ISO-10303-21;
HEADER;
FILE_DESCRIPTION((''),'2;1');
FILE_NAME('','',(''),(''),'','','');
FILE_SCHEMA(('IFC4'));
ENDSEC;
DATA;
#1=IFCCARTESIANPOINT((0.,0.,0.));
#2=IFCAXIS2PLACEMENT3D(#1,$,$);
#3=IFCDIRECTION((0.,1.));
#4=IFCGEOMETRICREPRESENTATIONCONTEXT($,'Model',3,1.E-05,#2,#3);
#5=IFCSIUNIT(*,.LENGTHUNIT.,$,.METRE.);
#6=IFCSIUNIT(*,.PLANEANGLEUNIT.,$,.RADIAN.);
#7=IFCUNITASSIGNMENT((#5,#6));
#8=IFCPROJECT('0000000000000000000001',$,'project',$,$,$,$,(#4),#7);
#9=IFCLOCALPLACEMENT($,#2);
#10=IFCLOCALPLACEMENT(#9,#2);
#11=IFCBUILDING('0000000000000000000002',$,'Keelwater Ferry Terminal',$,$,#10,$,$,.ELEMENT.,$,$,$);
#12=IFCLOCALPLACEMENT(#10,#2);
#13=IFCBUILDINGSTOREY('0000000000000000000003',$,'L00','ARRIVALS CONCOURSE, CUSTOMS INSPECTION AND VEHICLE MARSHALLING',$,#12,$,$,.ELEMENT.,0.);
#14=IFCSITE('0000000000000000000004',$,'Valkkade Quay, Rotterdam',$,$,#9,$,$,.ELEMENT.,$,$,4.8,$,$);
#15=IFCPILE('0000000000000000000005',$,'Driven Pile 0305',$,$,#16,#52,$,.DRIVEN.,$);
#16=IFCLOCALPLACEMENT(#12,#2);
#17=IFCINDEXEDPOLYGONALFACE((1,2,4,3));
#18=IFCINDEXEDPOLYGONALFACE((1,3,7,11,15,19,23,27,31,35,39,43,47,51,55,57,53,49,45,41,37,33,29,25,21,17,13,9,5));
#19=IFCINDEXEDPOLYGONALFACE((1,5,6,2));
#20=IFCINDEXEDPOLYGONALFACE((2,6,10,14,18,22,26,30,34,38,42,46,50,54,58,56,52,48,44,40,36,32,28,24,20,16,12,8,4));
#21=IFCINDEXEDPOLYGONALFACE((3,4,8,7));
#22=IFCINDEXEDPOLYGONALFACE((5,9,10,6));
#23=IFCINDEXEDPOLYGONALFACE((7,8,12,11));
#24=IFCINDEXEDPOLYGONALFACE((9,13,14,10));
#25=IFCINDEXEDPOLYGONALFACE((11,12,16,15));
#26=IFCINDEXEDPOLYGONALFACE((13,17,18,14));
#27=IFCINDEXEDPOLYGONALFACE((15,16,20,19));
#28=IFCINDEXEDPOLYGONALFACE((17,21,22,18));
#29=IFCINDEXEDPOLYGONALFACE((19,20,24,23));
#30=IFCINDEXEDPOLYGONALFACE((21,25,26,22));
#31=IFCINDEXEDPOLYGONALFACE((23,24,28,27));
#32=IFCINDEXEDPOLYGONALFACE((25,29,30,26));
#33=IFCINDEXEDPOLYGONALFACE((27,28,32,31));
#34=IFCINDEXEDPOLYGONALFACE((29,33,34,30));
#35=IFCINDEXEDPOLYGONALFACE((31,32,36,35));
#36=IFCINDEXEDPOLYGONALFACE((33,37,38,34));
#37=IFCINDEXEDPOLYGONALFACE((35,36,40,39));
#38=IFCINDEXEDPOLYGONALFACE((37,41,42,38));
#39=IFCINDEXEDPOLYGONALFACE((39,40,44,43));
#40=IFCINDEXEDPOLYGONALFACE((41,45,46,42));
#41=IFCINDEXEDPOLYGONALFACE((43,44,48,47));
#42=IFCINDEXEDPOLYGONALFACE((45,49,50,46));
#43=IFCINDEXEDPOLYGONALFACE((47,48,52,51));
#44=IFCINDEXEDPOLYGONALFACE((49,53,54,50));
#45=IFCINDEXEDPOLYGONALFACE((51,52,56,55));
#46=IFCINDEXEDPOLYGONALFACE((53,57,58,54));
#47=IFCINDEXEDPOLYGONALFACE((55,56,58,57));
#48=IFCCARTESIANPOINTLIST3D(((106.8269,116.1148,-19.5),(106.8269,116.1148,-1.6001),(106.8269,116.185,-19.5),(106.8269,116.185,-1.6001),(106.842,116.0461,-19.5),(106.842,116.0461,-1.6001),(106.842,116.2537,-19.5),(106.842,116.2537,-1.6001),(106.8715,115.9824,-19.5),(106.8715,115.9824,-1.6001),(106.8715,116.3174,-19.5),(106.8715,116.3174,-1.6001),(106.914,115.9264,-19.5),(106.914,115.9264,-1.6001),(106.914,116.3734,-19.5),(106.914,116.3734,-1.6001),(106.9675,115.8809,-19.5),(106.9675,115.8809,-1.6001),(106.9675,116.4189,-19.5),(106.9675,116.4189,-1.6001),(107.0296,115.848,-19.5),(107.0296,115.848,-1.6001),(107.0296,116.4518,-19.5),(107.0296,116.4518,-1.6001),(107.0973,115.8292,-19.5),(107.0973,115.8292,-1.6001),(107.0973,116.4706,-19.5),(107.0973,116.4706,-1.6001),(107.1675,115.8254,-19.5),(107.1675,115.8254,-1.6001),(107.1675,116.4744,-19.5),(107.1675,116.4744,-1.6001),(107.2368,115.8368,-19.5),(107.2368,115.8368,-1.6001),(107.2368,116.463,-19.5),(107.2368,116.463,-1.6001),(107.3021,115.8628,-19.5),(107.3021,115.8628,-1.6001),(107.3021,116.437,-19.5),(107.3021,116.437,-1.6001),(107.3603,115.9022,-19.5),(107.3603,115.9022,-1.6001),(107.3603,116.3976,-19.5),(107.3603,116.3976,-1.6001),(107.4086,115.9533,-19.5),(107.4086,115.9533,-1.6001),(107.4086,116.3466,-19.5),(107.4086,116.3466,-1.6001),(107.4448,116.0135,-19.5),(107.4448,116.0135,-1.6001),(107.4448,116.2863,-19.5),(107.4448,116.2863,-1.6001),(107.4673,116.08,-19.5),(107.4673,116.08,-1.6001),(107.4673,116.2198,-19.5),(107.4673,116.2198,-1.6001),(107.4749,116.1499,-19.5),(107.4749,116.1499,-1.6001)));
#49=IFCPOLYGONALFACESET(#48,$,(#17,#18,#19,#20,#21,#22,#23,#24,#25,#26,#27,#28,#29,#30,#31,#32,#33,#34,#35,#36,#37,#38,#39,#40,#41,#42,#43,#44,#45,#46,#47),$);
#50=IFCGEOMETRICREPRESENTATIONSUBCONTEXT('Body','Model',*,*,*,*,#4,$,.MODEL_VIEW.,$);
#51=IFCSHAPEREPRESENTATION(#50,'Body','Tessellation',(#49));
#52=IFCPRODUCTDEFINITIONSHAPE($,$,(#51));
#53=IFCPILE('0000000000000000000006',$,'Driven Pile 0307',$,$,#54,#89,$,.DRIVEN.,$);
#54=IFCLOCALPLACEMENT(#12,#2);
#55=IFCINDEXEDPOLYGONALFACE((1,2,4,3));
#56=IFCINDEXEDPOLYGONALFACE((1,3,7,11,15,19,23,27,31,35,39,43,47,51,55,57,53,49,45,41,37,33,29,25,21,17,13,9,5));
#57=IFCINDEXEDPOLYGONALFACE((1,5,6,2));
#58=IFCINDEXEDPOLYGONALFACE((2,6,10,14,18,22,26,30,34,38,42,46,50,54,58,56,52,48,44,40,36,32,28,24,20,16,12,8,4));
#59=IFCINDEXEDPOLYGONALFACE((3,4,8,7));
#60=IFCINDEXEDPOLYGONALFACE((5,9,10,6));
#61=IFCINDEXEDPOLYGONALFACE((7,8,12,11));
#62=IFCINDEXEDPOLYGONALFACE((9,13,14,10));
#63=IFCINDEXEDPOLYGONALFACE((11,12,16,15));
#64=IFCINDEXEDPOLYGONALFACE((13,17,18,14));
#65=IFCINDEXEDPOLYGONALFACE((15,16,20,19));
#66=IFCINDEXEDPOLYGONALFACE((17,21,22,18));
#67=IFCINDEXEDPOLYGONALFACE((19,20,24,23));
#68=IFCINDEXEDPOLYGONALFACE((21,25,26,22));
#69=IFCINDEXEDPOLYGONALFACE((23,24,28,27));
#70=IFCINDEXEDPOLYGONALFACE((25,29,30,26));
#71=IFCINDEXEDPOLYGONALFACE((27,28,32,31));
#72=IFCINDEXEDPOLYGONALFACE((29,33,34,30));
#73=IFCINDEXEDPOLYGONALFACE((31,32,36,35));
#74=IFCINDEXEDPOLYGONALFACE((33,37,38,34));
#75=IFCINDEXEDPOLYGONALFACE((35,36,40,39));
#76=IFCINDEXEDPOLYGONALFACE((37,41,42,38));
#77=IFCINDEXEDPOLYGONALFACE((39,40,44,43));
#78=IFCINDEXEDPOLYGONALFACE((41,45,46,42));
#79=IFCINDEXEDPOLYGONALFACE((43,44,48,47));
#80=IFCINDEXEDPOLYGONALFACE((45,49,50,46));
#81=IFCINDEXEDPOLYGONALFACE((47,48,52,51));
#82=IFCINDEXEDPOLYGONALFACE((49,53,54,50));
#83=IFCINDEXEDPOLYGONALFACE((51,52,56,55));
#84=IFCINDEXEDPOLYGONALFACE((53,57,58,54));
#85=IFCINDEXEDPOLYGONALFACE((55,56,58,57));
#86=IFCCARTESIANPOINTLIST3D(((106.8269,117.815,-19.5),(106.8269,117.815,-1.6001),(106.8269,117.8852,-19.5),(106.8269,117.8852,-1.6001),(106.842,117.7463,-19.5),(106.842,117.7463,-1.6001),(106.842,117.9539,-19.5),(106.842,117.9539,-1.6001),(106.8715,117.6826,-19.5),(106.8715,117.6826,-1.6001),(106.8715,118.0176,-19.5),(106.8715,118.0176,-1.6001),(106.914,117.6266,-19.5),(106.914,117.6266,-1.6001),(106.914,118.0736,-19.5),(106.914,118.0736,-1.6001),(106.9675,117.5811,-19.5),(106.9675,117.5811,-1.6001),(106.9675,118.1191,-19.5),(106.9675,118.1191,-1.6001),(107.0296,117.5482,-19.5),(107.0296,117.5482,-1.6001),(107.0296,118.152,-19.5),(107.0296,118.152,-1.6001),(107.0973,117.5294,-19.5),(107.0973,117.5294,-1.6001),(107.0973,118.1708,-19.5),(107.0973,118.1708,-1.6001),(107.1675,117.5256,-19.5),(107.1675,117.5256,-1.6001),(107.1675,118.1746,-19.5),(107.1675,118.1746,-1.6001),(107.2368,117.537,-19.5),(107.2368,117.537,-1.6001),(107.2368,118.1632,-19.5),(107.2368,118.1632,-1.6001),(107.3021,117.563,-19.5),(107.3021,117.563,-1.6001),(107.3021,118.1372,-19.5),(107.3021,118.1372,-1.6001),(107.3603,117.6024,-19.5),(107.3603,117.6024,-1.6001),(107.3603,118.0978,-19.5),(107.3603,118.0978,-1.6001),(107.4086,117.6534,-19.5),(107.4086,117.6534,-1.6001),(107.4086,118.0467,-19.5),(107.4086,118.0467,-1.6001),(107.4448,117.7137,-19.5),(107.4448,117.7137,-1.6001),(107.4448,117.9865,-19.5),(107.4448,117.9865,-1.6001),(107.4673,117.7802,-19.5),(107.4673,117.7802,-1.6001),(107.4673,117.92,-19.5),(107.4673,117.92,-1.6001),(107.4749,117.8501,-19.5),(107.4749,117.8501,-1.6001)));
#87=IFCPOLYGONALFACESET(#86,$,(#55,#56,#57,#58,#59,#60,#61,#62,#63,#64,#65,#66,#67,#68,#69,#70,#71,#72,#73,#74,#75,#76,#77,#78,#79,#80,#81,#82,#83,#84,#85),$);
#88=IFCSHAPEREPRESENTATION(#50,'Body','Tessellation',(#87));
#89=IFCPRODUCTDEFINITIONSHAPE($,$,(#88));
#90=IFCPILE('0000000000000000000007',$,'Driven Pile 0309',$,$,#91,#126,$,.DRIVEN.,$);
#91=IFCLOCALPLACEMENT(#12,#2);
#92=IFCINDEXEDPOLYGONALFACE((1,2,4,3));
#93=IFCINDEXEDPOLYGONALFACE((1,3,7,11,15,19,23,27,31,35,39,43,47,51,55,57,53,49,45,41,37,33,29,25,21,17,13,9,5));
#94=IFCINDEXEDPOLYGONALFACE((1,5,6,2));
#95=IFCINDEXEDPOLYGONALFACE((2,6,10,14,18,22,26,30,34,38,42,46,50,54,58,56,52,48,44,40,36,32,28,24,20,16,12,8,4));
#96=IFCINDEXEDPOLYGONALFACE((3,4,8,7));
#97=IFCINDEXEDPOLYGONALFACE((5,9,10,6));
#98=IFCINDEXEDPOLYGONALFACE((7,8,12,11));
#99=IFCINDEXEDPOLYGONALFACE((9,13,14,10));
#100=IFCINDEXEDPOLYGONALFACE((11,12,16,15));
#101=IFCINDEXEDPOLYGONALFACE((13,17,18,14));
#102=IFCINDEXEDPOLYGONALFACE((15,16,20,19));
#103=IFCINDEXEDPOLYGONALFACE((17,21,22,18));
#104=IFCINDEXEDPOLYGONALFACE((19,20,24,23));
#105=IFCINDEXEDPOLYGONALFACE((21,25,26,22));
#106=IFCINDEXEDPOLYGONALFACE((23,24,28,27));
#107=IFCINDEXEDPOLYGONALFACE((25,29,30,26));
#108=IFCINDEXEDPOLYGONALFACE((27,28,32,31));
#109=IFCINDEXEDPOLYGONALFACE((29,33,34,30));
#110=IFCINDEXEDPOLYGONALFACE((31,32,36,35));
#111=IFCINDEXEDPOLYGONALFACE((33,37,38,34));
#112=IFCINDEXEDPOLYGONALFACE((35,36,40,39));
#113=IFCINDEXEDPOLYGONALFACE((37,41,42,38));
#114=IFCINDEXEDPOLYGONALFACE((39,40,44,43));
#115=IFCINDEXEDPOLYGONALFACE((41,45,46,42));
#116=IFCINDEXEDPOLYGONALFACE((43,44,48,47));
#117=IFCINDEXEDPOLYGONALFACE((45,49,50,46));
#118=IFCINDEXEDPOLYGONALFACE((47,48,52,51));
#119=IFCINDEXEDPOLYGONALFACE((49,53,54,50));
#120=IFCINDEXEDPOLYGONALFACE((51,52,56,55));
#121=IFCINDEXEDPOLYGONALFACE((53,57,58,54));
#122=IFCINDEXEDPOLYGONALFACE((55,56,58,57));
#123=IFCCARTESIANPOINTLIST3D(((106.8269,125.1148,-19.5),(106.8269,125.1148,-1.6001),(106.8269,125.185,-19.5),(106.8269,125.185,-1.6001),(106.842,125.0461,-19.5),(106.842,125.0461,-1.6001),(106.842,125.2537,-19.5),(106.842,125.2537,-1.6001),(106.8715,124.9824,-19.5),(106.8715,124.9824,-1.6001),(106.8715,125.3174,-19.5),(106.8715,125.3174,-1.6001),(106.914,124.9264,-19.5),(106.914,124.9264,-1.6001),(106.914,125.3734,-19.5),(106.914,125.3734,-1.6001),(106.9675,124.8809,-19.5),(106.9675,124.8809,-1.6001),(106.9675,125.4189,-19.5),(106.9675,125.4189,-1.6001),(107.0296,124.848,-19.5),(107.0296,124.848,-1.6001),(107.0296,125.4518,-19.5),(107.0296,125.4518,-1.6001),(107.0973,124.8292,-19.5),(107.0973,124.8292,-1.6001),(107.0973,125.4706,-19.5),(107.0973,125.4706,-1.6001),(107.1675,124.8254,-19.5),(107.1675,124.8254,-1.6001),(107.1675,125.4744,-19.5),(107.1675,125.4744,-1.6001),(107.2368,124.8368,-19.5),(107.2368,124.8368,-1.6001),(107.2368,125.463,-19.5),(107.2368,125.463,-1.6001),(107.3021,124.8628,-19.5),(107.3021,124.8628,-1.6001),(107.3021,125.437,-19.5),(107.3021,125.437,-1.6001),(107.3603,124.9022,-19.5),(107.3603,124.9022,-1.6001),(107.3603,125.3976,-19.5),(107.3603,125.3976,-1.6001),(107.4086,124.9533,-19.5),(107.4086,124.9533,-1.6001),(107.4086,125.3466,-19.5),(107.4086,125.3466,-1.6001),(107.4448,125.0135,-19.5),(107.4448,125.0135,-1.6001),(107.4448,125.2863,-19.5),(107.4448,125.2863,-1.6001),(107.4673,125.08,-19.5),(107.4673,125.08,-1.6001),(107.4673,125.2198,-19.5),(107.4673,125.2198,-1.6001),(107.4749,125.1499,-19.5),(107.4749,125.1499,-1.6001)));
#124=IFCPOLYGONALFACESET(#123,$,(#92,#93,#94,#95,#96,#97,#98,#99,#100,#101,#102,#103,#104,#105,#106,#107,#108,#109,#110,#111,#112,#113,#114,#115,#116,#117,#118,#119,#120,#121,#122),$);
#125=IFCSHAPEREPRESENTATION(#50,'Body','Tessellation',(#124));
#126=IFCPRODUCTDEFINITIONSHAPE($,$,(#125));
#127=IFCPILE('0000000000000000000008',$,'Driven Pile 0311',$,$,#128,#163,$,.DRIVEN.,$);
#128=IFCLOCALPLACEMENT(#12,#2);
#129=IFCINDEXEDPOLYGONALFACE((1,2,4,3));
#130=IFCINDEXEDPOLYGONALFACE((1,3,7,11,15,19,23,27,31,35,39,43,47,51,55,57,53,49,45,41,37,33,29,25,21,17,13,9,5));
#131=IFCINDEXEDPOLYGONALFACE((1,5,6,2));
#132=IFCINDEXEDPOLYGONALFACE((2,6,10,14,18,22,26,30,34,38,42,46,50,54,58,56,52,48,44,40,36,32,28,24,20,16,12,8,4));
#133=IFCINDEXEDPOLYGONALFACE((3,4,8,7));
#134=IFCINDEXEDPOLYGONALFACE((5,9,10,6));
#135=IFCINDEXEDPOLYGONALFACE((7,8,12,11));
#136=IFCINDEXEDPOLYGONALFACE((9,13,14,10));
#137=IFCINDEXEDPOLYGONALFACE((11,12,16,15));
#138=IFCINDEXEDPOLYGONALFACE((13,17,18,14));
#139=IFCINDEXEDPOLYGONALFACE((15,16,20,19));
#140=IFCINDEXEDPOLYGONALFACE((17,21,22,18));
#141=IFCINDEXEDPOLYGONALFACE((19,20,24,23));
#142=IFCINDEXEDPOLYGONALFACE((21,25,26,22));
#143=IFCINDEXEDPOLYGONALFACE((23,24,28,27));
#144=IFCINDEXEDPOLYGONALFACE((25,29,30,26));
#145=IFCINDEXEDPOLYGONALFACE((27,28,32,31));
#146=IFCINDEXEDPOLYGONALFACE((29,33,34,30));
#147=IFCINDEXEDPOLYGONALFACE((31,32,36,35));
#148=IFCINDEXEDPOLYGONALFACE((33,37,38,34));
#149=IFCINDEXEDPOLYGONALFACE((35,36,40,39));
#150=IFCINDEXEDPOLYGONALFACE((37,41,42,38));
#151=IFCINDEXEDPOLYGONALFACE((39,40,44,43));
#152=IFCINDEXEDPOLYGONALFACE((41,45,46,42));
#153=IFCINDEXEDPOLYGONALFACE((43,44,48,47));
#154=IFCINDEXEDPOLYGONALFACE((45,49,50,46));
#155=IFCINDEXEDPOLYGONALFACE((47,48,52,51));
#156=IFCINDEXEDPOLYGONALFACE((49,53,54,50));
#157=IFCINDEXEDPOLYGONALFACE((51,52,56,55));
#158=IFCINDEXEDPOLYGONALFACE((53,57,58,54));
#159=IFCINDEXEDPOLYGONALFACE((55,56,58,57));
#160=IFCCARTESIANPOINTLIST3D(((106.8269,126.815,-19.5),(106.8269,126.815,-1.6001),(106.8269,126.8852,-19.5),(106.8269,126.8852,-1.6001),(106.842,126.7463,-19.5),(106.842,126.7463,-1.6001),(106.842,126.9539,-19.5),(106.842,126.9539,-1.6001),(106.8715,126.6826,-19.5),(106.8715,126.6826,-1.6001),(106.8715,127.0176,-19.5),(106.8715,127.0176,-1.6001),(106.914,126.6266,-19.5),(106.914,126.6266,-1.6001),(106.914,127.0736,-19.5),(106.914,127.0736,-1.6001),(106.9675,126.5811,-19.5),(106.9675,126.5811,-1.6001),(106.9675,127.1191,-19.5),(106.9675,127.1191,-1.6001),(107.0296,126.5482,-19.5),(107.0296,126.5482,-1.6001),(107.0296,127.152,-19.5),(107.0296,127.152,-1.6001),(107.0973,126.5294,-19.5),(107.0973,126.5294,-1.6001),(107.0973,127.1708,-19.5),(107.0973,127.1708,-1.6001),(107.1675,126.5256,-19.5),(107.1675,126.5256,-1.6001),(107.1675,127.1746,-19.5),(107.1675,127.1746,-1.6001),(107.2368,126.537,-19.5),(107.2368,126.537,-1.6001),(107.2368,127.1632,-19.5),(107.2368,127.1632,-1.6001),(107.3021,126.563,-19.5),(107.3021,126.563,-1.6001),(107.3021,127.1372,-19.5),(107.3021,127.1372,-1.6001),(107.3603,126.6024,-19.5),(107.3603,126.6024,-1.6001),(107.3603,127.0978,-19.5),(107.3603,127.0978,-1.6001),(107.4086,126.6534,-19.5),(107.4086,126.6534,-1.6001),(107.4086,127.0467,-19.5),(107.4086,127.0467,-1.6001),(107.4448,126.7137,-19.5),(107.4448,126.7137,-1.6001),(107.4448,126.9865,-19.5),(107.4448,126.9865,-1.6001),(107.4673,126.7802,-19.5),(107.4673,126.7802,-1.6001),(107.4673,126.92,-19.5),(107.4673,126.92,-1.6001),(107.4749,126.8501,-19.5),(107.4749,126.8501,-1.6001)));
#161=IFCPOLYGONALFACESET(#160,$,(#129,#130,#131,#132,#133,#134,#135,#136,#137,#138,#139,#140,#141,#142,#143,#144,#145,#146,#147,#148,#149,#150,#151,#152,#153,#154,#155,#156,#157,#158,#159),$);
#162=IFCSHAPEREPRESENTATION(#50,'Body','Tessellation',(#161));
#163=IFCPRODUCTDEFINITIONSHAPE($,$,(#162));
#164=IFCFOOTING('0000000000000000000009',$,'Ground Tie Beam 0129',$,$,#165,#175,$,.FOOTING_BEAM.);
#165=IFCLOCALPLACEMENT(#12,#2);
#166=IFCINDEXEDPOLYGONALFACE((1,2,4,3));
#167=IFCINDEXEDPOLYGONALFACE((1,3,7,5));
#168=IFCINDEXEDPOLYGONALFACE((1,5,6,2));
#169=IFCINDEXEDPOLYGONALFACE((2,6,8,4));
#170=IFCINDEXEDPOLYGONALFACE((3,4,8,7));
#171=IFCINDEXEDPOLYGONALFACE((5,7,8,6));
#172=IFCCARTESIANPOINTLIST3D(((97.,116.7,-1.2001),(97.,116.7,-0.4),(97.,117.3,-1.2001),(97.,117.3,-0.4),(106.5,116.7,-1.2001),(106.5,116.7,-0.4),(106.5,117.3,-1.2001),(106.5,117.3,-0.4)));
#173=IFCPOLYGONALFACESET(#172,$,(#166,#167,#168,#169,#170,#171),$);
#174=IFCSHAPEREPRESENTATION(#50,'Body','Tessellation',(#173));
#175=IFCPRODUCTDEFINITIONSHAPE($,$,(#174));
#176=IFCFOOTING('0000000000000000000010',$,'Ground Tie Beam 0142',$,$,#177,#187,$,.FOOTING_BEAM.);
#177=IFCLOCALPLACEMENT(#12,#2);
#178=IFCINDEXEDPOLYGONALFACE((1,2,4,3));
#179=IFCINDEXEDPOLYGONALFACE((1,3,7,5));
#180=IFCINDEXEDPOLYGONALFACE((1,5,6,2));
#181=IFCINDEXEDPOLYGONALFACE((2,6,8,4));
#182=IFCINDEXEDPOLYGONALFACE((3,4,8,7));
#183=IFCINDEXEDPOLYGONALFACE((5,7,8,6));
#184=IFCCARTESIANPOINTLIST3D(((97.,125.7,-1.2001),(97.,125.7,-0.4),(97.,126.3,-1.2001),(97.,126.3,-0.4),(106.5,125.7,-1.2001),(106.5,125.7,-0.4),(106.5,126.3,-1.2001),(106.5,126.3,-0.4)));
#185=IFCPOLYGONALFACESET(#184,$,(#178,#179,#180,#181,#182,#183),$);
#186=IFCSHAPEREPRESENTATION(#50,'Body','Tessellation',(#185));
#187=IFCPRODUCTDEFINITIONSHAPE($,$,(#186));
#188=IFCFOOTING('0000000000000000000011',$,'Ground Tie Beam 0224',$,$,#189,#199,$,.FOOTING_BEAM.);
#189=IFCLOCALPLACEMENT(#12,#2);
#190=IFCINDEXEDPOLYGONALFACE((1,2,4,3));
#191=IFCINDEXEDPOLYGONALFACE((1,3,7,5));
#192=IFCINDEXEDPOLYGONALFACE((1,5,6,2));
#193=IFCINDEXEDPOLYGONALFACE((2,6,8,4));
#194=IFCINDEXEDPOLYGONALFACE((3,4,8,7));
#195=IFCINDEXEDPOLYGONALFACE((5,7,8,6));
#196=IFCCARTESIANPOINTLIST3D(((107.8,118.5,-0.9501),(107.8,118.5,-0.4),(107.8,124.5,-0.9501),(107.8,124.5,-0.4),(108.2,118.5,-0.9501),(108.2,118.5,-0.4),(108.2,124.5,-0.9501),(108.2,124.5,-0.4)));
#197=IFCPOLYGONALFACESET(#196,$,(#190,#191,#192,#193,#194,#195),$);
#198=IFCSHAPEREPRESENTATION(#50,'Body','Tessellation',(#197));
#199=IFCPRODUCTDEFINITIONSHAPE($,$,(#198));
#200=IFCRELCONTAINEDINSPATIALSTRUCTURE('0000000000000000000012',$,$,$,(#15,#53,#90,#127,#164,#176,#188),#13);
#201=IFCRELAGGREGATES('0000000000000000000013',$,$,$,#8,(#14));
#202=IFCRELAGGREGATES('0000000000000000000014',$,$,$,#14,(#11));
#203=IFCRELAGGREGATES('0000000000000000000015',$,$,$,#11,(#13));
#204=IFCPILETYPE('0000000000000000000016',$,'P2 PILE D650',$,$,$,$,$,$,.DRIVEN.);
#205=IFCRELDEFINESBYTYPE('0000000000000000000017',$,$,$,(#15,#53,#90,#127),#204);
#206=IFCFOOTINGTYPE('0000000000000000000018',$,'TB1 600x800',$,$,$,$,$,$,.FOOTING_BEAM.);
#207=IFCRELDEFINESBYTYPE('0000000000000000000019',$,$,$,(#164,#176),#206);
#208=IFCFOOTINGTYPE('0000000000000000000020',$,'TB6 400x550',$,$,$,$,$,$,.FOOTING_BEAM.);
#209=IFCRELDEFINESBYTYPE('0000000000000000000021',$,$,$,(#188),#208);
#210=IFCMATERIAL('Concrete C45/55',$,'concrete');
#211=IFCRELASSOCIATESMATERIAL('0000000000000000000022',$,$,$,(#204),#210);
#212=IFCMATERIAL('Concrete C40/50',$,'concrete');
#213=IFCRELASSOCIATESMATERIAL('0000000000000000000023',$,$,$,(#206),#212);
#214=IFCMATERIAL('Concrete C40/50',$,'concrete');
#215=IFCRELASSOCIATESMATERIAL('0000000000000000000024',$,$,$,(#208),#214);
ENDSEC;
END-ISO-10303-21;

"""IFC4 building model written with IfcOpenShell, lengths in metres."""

from ifc_helpers import new_model, si_unit, direction, frame, origin, origin_2d, place, context, subcontext, project, spatial, rectangle, circle, extrude, material, material_profile, profile_set, type_object, element, save


model = new_model("IFC4")

# Units and contexts
model_context = context("Model", 3, precision=1e-05, world=origin(), true_north=direction((0.0, 1.0)))
body_context = subcontext(model_context, "Body", "Model", "MODEL_VIEW")
ifc_project = project(units=[si_unit("LENGTHUNIT", "METRE"), si_unit("PLANEANGLEUNIT", "RADIAN")], contexts=[model_context])

# Site, building, storey
site_placement = place(None, origin())
site = spatial("IfcSite", under=ifc_project, at=site_placement, Name="Valkkade Quay, Rotterdam", CompositionType="ELEMENT", RefElevation=4.8)
building_placement = place(site_placement, origin())
building = spatial("IfcBuilding", under=site, at=building_placement, Name="Keelwater Ferry Terminal", CompositionType="ELEMENT")
storey_placement = place(building_placement, origin())
storey = spatial("IfcBuildingStorey", under=building, at=storey_placement, Name="L00", Description="ARRIVALS CONCOURSE, CUSTOMS INSPECTION AND VEHICLE MARSHALLING", CompositionType="ELEMENT", Elevation=0.0)

# Piles
ifc_material_1 = material(Name="Concrete C45/55", Category="concrete")
ifc_material_profile_1 = material_profile(ifc_material_1, circle(Radius=0.325, at=origin_2d()), Name="PILE D650")
ifc_profile_set_1 = profile_set([ifc_material_profile_1], Name="Concrete C45/55")
pile_type = type_object("IfcPileType", Name="P2 PILE D650", PredefinedType="DRIVEN", material=ifc_profile_set_1)
for number, where, z_axis, x_axis, name in (
    (1, (107.1499, 116.1499, -1.6001), (0.0, 0.0, -1.0), (1.0, 0.0, 0.0), "Driven Pile 0305"),
    (2, (107.1499, 117.8501, -1.6001), (0.0, 0.0, -1.0), (1.0, 0.0, 0.0), "Driven Pile 0307"),
    (3, (107.1499, 125.1499, -1.6001), (0.0, 0.0, -1.0), (1.0, 0.0, 0.0), "Driven Pile 0309"),
    (4, (107.1499, 126.8501, -1.6001), (0.0, 0.0, -1.0), (1.0, 0.0, 0.0), "Driven Pile 0311"),
):
    element("IfcPile", number, at=place(storey_placement, frame(where, z_axis=z_axis, x_axis=x_axis)), inside=storey, type_object=pile_type, Name=name, PredefinedType="DRIVEN", context=body_context, shape_type="SweptSolid", body=[
        extrude(circle(Radius=0.325, at=origin_2d()), origin(), (0.0, 0.0, 1.0), 17.8999),
    ])

# Footings
ifc_material_2 = material(Name="Concrete C40/50", Category="concrete")
ifc_material_profile_2 = material_profile(ifc_material_2, rectangle(XDim=0.6001, YDim=0.8, at=origin_2d()), Name="TB 600x800")
ifc_profile_set_2 = profile_set([ifc_material_profile_2], Name="Concrete C40/50")
footing_type_1 = type_object("IfcFootingType", Name="TB1 600x800", PredefinedType="FOOTING_BEAM", material=ifc_profile_set_2)
for number, where, z_axis, x_axis, name in (
    (5, (97.0, 117.0, -0.8), (1.0, 0.0, 0.0), (0.0, 1.0, 0.0), "Ground Tie Beam 0129"),
    (6, (97.0, 126.0, -0.8), (1.0, 0.0, 0.0), (0.0, 1.0, 0.0), "Ground Tie Beam 0142"),
):
    element("IfcFooting", number, at=place(storey_placement, frame(where, z_axis=z_axis, x_axis=x_axis)), inside=storey, type_object=footing_type_1, Name=name, PredefinedType="FOOTING_BEAM", context=body_context, shape_type="SweptSolid", body=[
        extrude(rectangle(XDim=0.6001, YDim=0.8, at=origin_2d()), origin(), (0.0, 0.0, 1.0), 9.5),
    ])
ifc_material_3 = material(Name="Concrete C40/50", Category="concrete")
ifc_material_profile_3 = material_profile(ifc_material_3, rectangle(XDim=0.3999, YDim=0.55, at=origin_2d()), Name="TB 400x550")
ifc_profile_set_3 = profile_set([ifc_material_profile_3], Name="Concrete C40/50")
footing_type_2 = type_object("IfcFootingType", Name="TB6 400x550", PredefinedType="FOOTING_BEAM", material=ifc_profile_set_3)
footing_placement = place(storey_placement, frame((108.0, 118.5, -0.675), z_axis=(0.0, 1.0, 0.0), x_axis=(-1.0, 0.0, 0.0)))
element("IfcFooting", 7, at=footing_placement, inside=storey, type_object=footing_type_2, Name="Ground Tie Beam 0224", PredefinedType="FOOTING_BEAM", context=body_context, shape_type="SweptSolid", body=[
    extrude(rectangle(XDim=0.3999, YDim=0.55, at=origin_2d()), origin(), (0.0, 0.0, 1.0), 6.0),
])

save(model, "model.ifc")
